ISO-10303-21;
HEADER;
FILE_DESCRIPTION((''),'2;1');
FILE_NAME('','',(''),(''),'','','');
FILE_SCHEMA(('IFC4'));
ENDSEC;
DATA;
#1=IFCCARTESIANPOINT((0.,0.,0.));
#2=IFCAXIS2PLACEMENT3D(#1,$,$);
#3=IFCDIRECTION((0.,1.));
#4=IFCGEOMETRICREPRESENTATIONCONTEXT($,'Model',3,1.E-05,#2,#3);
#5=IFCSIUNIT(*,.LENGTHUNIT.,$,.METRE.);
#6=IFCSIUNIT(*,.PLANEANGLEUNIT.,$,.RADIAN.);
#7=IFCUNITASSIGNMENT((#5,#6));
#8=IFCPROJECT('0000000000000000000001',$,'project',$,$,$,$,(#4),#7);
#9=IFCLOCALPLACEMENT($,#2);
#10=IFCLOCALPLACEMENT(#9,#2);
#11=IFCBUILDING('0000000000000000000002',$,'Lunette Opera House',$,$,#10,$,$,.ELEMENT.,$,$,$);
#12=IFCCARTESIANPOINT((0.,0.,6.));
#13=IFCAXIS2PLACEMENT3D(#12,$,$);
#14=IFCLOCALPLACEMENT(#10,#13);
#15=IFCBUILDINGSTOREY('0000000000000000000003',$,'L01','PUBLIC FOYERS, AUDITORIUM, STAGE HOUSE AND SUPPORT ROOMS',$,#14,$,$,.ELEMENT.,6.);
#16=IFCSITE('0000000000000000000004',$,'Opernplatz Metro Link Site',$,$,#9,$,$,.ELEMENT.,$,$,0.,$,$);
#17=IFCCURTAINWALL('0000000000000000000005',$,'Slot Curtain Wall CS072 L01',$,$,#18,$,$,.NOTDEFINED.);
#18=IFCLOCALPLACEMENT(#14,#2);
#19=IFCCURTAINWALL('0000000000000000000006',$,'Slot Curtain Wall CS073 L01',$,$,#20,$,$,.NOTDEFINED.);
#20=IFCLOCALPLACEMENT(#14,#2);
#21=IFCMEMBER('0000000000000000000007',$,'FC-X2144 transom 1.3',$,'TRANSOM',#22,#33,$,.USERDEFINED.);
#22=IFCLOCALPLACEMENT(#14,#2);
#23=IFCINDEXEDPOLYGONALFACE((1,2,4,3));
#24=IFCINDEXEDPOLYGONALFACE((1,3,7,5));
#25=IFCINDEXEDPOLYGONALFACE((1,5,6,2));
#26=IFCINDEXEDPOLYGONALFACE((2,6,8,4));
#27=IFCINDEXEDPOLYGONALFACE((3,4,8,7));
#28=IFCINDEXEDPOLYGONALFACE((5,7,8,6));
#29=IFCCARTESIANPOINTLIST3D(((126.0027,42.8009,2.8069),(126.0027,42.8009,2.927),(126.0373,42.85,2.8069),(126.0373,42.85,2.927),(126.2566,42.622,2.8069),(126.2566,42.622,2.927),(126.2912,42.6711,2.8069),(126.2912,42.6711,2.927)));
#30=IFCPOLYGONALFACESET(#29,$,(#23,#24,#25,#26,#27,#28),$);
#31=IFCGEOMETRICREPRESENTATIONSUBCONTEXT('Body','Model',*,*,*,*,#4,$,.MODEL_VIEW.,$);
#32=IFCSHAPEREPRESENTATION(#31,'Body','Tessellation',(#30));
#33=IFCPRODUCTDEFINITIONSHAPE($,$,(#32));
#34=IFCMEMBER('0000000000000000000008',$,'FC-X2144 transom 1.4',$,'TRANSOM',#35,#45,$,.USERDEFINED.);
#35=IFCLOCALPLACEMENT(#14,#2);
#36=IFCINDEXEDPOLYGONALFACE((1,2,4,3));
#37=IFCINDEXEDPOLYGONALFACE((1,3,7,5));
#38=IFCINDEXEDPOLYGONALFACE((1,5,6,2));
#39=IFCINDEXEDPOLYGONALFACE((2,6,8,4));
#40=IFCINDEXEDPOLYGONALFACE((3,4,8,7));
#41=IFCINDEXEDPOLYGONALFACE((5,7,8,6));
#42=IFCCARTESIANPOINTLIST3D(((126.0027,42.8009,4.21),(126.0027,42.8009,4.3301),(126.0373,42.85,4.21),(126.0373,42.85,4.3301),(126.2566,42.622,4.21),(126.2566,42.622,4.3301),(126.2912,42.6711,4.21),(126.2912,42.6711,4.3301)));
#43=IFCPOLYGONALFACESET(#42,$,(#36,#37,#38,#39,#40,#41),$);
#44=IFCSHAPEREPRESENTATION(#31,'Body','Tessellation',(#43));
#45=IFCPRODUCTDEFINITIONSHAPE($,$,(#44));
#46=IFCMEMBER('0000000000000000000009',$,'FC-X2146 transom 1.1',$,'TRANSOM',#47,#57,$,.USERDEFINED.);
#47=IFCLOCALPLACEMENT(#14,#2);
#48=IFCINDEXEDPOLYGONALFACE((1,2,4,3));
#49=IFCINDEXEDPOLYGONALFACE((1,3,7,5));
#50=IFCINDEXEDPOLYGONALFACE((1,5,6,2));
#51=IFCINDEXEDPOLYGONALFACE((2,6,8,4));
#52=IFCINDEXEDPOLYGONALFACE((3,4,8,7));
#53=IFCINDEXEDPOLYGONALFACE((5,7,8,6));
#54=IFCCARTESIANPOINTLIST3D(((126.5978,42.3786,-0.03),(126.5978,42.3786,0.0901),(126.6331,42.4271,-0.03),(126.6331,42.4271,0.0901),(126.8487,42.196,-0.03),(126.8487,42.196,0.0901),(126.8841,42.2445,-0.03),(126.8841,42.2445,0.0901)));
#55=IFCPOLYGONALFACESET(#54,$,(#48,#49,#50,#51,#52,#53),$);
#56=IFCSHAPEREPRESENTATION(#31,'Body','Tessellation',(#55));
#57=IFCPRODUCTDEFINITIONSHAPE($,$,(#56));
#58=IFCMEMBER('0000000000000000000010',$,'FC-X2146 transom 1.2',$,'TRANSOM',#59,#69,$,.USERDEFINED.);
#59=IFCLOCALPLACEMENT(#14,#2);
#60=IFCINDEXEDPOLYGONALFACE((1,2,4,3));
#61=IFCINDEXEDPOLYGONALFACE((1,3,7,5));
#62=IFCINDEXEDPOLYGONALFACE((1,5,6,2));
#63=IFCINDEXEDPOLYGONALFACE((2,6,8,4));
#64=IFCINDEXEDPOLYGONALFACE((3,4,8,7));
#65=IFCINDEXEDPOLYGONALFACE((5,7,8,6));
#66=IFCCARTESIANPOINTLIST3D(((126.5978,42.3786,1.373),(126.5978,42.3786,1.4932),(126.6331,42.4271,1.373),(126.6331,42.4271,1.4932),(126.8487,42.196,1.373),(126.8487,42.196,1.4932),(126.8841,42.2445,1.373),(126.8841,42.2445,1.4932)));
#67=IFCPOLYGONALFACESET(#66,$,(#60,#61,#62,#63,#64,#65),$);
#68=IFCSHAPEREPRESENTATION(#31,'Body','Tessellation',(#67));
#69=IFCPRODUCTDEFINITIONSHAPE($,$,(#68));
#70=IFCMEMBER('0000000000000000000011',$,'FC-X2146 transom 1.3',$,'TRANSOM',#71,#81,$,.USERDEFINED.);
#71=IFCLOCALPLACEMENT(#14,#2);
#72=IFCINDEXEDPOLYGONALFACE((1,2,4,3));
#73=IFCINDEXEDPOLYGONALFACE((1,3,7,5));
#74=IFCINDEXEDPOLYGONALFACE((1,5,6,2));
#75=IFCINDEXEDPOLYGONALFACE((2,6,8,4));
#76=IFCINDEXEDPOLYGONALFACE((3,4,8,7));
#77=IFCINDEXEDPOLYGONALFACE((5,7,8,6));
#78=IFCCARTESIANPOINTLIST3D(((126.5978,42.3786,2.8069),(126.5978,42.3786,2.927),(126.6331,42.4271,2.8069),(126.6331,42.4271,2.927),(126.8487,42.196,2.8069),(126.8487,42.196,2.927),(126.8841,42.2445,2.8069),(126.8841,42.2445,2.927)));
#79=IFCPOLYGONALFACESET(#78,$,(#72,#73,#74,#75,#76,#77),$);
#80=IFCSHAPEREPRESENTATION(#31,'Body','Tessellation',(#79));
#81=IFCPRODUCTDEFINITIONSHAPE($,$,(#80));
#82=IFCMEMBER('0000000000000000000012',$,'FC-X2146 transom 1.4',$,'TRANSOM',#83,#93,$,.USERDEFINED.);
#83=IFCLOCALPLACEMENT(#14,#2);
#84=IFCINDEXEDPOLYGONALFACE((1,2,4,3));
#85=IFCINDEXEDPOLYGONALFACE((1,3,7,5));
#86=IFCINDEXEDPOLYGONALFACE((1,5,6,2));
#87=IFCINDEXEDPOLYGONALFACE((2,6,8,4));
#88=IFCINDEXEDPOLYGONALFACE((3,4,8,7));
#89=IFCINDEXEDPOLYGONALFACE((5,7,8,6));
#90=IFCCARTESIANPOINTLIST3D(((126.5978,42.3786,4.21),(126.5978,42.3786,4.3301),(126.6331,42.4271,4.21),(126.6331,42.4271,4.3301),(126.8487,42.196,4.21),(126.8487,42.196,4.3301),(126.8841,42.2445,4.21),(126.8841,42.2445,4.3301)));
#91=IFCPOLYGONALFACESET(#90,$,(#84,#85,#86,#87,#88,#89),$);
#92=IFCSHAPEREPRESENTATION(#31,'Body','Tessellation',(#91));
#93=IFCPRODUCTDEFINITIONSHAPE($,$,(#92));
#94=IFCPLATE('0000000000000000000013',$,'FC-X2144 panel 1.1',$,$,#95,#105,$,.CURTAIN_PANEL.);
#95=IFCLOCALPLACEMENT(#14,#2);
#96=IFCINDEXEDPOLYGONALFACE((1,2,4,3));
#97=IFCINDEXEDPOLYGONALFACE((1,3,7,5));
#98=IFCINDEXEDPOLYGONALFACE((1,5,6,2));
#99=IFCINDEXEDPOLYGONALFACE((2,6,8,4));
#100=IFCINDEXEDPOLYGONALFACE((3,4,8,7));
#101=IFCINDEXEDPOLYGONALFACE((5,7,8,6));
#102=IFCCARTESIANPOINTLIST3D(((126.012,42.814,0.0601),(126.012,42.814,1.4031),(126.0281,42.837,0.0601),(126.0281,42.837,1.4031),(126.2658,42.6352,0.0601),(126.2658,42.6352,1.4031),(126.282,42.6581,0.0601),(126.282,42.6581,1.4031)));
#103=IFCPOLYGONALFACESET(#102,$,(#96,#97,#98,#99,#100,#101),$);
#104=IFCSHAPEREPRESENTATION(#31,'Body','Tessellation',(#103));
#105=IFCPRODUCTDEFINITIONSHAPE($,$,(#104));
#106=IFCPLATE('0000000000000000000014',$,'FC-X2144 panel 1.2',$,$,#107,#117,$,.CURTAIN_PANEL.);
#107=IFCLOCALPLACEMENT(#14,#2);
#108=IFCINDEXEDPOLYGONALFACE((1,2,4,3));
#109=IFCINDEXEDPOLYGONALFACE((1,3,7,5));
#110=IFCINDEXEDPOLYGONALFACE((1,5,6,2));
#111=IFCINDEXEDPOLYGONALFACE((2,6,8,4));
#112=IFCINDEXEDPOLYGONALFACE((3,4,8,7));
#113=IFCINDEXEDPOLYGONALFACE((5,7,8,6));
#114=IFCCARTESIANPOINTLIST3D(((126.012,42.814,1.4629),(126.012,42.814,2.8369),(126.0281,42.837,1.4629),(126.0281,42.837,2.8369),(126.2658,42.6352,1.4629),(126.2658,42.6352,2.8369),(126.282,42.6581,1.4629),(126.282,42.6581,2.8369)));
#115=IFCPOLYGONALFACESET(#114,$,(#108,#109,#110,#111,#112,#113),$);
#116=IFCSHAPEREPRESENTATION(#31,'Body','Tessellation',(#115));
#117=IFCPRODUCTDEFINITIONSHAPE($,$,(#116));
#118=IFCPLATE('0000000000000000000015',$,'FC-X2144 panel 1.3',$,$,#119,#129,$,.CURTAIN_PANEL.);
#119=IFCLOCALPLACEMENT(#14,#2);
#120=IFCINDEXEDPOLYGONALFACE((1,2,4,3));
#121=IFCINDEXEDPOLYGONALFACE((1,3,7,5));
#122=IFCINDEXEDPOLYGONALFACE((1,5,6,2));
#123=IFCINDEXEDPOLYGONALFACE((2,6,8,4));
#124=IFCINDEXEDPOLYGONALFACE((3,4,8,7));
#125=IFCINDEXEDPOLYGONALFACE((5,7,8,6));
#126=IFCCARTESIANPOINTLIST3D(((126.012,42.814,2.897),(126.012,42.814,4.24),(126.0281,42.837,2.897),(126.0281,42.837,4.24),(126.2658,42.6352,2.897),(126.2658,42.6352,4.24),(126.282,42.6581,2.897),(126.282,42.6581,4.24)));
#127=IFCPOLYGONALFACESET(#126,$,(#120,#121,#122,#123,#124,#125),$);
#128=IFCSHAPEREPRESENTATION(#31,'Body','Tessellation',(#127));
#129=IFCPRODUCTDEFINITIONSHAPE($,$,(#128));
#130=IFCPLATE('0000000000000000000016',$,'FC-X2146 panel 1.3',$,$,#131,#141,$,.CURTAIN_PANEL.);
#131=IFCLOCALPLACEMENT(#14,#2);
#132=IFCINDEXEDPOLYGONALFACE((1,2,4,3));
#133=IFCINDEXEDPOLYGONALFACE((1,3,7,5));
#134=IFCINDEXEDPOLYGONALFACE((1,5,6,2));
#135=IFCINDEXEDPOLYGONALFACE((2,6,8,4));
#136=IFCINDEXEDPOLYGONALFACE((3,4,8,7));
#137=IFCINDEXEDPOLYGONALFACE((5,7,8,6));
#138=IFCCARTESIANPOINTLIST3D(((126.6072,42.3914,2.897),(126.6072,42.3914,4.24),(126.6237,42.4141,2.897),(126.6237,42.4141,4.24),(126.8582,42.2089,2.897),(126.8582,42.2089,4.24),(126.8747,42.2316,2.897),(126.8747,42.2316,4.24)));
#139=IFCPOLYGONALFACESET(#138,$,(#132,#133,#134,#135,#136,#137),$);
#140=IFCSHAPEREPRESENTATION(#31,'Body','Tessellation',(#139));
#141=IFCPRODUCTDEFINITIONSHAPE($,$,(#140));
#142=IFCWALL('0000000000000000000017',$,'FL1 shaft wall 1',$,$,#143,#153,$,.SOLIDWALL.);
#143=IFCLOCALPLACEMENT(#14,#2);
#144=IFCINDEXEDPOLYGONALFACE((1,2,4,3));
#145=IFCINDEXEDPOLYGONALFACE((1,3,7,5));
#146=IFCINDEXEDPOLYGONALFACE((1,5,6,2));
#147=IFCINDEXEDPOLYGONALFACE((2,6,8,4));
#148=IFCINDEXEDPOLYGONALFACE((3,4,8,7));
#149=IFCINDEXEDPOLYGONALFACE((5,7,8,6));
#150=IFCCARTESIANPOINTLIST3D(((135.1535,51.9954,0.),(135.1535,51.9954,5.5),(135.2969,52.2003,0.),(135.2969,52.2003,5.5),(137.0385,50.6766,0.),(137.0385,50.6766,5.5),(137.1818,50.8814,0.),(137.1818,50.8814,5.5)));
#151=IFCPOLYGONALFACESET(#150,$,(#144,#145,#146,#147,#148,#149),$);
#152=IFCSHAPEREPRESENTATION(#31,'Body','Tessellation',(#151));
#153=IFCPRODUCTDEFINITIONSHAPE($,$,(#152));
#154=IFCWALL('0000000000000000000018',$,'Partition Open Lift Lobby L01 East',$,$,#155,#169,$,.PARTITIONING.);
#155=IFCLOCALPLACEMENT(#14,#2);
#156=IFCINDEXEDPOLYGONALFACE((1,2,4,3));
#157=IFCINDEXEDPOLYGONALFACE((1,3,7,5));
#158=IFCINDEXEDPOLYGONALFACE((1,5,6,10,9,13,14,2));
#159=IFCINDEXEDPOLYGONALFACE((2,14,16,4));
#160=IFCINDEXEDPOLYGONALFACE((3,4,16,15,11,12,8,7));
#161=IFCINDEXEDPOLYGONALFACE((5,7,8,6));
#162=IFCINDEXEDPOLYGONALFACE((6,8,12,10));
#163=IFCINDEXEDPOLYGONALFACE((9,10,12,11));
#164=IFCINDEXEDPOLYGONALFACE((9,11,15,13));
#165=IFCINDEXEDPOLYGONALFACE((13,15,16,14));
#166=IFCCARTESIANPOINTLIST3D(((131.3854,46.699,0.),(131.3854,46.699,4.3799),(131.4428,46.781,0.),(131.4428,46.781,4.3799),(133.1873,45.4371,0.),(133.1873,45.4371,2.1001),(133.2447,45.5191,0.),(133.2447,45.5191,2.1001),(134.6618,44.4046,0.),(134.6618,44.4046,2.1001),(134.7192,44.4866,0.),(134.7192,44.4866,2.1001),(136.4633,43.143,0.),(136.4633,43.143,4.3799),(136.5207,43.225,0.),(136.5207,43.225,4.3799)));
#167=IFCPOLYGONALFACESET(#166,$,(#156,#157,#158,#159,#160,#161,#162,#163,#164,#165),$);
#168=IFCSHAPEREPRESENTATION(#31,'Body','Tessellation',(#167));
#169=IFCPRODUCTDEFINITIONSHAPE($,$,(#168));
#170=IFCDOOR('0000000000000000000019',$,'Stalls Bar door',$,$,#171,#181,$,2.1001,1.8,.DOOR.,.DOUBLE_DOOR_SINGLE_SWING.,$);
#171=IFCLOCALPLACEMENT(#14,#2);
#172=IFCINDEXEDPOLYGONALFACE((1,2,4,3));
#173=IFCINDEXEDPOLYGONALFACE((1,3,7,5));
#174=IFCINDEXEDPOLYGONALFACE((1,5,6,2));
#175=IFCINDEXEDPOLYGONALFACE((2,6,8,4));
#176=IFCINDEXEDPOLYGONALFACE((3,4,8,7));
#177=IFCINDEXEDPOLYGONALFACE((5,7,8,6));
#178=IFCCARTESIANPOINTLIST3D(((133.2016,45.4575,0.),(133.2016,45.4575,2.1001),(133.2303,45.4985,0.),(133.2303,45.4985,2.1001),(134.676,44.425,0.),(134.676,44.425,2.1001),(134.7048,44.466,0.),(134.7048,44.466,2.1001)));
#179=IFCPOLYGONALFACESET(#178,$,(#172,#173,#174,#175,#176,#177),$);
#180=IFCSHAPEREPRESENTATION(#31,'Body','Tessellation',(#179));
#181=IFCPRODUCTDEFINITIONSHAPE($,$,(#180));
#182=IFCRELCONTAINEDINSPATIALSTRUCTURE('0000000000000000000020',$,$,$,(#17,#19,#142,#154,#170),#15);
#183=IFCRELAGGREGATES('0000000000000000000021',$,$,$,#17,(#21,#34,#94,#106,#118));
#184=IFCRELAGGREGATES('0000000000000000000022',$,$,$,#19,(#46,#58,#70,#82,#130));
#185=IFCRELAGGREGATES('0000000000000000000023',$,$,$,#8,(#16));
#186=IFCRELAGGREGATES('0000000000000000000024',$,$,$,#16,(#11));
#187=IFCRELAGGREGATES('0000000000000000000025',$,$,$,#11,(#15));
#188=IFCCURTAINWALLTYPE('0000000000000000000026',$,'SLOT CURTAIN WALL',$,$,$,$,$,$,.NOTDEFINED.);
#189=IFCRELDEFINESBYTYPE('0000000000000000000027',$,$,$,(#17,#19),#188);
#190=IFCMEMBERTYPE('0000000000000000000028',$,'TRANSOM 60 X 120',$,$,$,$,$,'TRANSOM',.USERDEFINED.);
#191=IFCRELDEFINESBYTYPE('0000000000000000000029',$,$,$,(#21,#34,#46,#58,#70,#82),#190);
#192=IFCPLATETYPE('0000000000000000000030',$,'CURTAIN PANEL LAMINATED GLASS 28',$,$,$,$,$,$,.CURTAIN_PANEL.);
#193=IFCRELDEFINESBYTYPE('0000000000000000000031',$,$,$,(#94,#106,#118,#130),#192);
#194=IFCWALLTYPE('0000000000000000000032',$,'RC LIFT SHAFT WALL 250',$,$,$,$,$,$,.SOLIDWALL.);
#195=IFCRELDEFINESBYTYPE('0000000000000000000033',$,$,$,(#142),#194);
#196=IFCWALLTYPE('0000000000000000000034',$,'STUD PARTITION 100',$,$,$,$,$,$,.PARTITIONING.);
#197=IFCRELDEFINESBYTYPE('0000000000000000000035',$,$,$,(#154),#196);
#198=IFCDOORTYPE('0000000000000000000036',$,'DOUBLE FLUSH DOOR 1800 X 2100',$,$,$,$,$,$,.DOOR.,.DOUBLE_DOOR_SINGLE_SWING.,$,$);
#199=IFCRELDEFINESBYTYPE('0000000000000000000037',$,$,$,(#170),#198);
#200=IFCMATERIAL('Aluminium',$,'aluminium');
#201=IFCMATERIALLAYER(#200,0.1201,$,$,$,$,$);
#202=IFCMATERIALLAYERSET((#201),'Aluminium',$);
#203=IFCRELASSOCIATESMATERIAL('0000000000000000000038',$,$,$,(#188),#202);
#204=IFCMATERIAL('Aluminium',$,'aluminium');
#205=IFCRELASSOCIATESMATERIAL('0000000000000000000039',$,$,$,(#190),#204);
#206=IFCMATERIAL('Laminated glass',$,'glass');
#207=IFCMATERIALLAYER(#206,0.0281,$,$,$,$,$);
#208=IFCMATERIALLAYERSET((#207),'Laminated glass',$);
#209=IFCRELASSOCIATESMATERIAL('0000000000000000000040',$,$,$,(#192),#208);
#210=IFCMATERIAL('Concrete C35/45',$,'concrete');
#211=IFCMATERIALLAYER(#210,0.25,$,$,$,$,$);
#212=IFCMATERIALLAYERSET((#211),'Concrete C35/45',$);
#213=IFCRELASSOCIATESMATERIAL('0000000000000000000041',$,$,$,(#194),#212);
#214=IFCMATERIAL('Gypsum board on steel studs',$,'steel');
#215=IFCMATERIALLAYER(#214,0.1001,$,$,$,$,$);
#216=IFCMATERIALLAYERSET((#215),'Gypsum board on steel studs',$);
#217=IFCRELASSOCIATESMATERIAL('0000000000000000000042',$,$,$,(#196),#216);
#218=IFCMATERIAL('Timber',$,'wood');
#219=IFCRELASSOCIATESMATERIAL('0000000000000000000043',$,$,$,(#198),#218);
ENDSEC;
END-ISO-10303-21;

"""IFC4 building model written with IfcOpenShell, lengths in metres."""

from ifc_helpers import new_model, si_unit, direction, frame, frame_2d, origin, origin_2d, place, context, subcontext, project, spatial, rectangle, extrude, material, layer, layer_set, material_profile, profile_set, type_object, element, fill, aggregate, save


model = new_model("IFC4")

# Units and contexts
model_context = context("Model", 3, precision=1e-05, world=origin(), true_north=direction((0.0, 1.0)))
body_context = subcontext(model_context, "Body", "Model", "MODEL_VIEW")
ifc_project = project(units=[si_unit("LENGTHUNIT", "METRE"), si_unit("PLANEANGLEUNIT", "RADIAN")], contexts=[model_context])

# Site, building, storey
site_placement = place(None, origin())
site = spatial("IfcSite", under=ifc_project, at=site_placement, Name="Opernplatz Metro Link Site", CompositionType="ELEMENT", RefElevation=0.0)
building_placement = place(site_placement, origin())
building = spatial("IfcBuilding", under=site, at=building_placement, Name="Lunette Opera House", CompositionType="ELEMENT")
storey_placement = place(building_placement, frame((0.0, 0.0, 6.0)))
storey = spatial("IfcBuildingStorey", under=building, at=storey_placement, Name="L01", Description="PUBLIC FOYERS, AUDITORIUM, STAGE HOUSE AND SUPPORT ROOMS", CompositionType="ELEMENT", Elevation=6.0)

# Curtain walls
ifc_material_1 = material(Name="Aluminium", Category="aluminium")
ifc_layer_1 = layer(ifc_material_1, 0.1201)
ifc_layer_set_1 = layer_set([ifc_layer_1], Name="Aluminium")
curtain_wall_type = type_object("IfcCurtainWallType", Name="SLOT CURTAIN WALL", PredefinedType="NOTDEFINED", material=ifc_layer_set_1)
curtain_wall_1_placement = place(storey_placement, origin())
curtain_wall_1 = element("IfcCurtainWall", 1, at=curtain_wall_1_placement, inside=storey, type_object=curtain_wall_type, Name="Slot Curtain Wall CS072 L01", PredefinedType="NOTDEFINED")
curtain_wall_2_placement = place(storey_placement, origin())
curtain_wall_2 = element("IfcCurtainWall", 2, at=curtain_wall_2_placement, inside=storey, type_object=curtain_wall_type, Name="Slot Curtain Wall CS073 L01", PredefinedType="NOTDEFINED")

# Members
ifc_material_2 = material(Name="Aluminium", Category="aluminium")
ifc_material_profile_1 = material_profile(ifc_material_2, rectangle(XDim=0.0601, YDim=0.1201, at=origin_2d()), Name="TRANSOM 60 X 120")
ifc_profile_set_1 = profile_set([ifc_material_profile_1], Name="Aluminium")
member_type_1 = type_object("IfcMemberType", Name="TRANSOM 60 X 120", ElementType="TRANSOM", PredefinedType="USERDEFINED", material=ifc_profile_set_1)
member_1_placement = place(storey_placement, frame((126.02, 42.8254, 2.8669), z_axis=(0.817381, -0.576097, 0.0), x_axis=(0.576097, 0.817381, 0.0)))
member_1 = element("IfcMember", 3, at=member_1_placement, type_object=member_type_1, Name="FC-X2144 transom 1.3", ObjectType="TRANSOM", PredefinedType="USERDEFINED", context=body_context, shape_type="SweptSolid", body=[
    extrude(rectangle(XDim=0.0601, YDim=0.1201, at=origin_2d()), origin(), (0.0, 0.0, 1.0), 0.3105),
])
member_2_placement = place(storey_placement, frame((126.02, 42.8254, 4.27), z_axis=(0.817381, -0.576097, 0.0), x_axis=(0.576097, 0.817381, 0.0)))
member_2 = element("IfcMember", 4, at=member_2_placement, type_object=member_type_1, Name="FC-X2144 transom 1.4", ObjectType="TRANSOM", PredefinedType="USERDEFINED", context=body_context, shape_type="SweptSolid", body=[
    extrude(rectangle(XDim=0.0601, YDim=0.1201, at=origin_2d()), origin(), (0.0, 0.0, 1.0), 0.3105),
])
member_3_placement = place(storey_placement, frame((126.6155, 42.4028, 0.03), z_axis=(0.8086, -0.588359, 0.0), x_axis=(0.588359, 0.8086, 0.0)))
member_3 = element("IfcMember", 5, at=member_3_placement, type_object=member_type_1, Name="FC-X2146 transom 1.1", ObjectType="TRANSOM", PredefinedType="USERDEFINED", context=body_context, shape_type="SweptSolid", body=[
    extrude(rectangle(XDim=0.0601, YDim=0.1201, at=origin_2d()), origin(), (0.0, 0.0, 1.0), 0.3103),
])
member_4_placement = place(storey_placement, frame((126.6155, 42.4028, 1.4331), z_axis=(0.8086, -0.588359, 0.0), x_axis=(0.588359, 0.8086, 0.0)))
member_4 = element("IfcMember", 6, at=member_4_placement, type_object=member_type_1, Name="FC-X2146 transom 1.2", ObjectType="TRANSOM", PredefinedType="USERDEFINED", context=body_context, shape_type="SweptSolid", body=[
    extrude(rectangle(XDim=0.0601, YDim=0.1201, at=origin_2d()), origin(), (0.0, 0.0, 1.0), 0.3103),
])
member_5_placement = place(storey_placement, frame((126.6155, 42.4028, 2.8669), z_axis=(0.8086, -0.588359, 0.0), x_axis=(0.588359, 0.8086, 0.0)))
member_5 = element("IfcMember", 7, at=member_5_placement, type_object=member_type_1, Name="FC-X2146 transom 1.3", ObjectType="TRANSOM", PredefinedType="USERDEFINED", context=body_context, shape_type="SweptSolid", body=[
    extrude(rectangle(XDim=0.0601, YDim=0.1201, at=origin_2d()), origin(), (0.0, 0.0, 1.0), 0.3103),
])
member_6_placement = place(storey_placement, frame((126.6155, 42.4028, 4.27), z_axis=(0.8086, -0.588359, 0.0), x_axis=(0.588359, 0.8086, 0.0)))
member_6 = element("IfcMember", 8, at=member_6_placement, type_object=member_type_1, Name="FC-X2146 transom 1.4", ObjectType="TRANSOM", PredefinedType="USERDEFINED", context=body_context, shape_type="SweptSolid", body=[
    extrude(rectangle(XDim=0.0601, YDim=0.1201, at=origin_2d()), origin(), (0.0, 0.0, 1.0), 0.3103),
])

# Plates
ifc_material_3 = material(Name="Laminated glass", Category="glass")
ifc_layer_2 = layer(ifc_material_3, 0.0281)
ifc_layer_set_2 = layer_set([ifc_layer_2], Name="Laminated glass")
plate_type = type_object("IfcPlateType", Name="CURTAIN PANEL LAMINATED GLASS 28", PredefinedType="CURTAIN_PANEL", material=ifc_layer_set_2)
plate_1_placement = place(storey_placement, frame((126.147, 42.7361, 0.0601), z_axis=(0.0, 0.0, 1.0), x_axis=(0.817482, -0.575954, 0.0)))
plate_1 = element("IfcPlate", 9, at=plate_1_placement, type_object=plate_type, Name="FC-X2144 panel 1.1", PredefinedType="CURTAIN_PANEL", context=body_context, shape_type="SweptSolid", body=[
    extrude(rectangle(XDim=0.3105, YDim=0.0281, at=origin_2d()), origin(), (0.0, 0.0, 1.0), 1.343),
])
plate_2_placement = place(storey_placement, frame((126.147, 42.7361, 1.4629), z_axis=(0.0, 0.0, 1.0), x_axis=(0.817482, -0.575954, 0.0)))
plate_2 = element("IfcPlate", 10, at=plate_2_placement, type_object=plate_type, Name="FC-X2144 panel 1.2", PredefinedType="CURTAIN_PANEL", context=body_context, shape_type="SweptSolid", body=[
    extrude(rectangle(XDim=0.3105, YDim=0.0281, at=origin_2d()), origin(), (0.0, 0.0, 1.0), 1.374),
])
plate_3_placement = place(storey_placement, frame((126.147, 42.7361, 2.897), z_axis=(0.0, 0.0, 1.0), x_axis=(0.817482, -0.575954, 0.0)))
plate_3 = element("IfcPlate", 11, at=plate_3_placement, type_object=plate_type, Name="FC-X2144 panel 1.3", PredefinedType="CURTAIN_PANEL", context=body_context, shape_type="SweptSolid", body=[
    extrude(rectangle(XDim=0.3105, YDim=0.0281, at=origin_2d()), origin(), (0.0, 0.0, 1.0), 1.343),
])
aggregate(curtain_wall_1, [member_1, member_2, plate_1, plate_2, plate_3])
plate_4_placement = place(storey_placement, frame((126.741, 42.3115, 2.897), z_axis=(0.0, 0.0, 1.0), x_axis=(0.808837, -0.588033, 0.0)))
plate_4 = element("IfcPlate", 12, at=plate_4_placement, type_object=plate_type, Name="FC-X2146 panel 1.3", PredefinedType="CURTAIN_PANEL", context=body_context, shape_type="SweptSolid", body=[
    extrude(rectangle(XDim=0.3103, YDim=0.0281, at=origin_2d()), origin(), (0.0, 0.0, 1.0), 1.343),
])
aggregate(curtain_wall_2, [member_3, member_4, member_5, member_6, plate_4])

# Wall
ifc_material_4 = material(Name="Concrete C35/45", Category="concrete")
ifc_layer_3 = layer(ifc_material_4, 0.25)
ifc_layer_set_3 = layer_set([ifc_layer_3], Name="Concrete C35/45")
wall_type_1 = type_object("IfcWallType", Name="RC LIFT SHAFT WALL 250", PredefinedType="SOLIDWALL", material=ifc_layer_set_3)
wall_1_placement = place(storey_placement, frame((135.2251, 52.0979, 0.0), z_axis=(0.0, 0.0, 1.0), x_axis=(0.819367, -0.57327, 0.0)))
element("IfcWall", 13, at=wall_1_placement, inside=storey, type_object=wall_type_1, Name="FL1 shaft wall 1", PredefinedType="SOLIDWALL", context=body_context, shape_type="SweptSolid", body=[
    extrude(rectangle(XDim=2.3005, YDim=0.25, at=frame_2d((1.1504, 0.0))), origin(), (0.0, 0.0, 1.0), 5.5),
])

# Wall, opening, door
ifc_material_5 = material(Name="Gypsum board on steel studs", Category="steel")
ifc_layer_4 = layer(ifc_material_5, 0.1001)
ifc_layer_set_4 = layer_set([ifc_layer_4], Name="Gypsum board on steel studs")
wall_type_2 = type_object("IfcWallType", Name="STUD PARTITION 100", PredefinedType="PARTITIONING", material=ifc_layer_set_4)
wall_2_placement = place(storey_placement, frame((131.4141, 46.74, 0.0), z_axis=(0.0, 0.0, 1.0), x_axis=(0.819126, -0.573613, 0.0)))
wall_2 = element("IfcWall", 14, at=wall_2_placement, inside=storey, type_object=wall_type_2, Name="Partition Open Lift Lobby L01 East", PredefinedType="PARTITIONING", context=body_context, shape_type="SweptSolid", body=[
    extrude(rectangle(XDim=6.1992, YDim=0.1001, at=frame_2d((3.0996, 0.0))), origin(), (0.0, 0.0, 1.0), 4.3799),
])
opening_placement = place(wall_2_placement, frame((2.2, 0.0, 0.0)))
opening = element("IfcOpeningElement", 15, at=opening_placement, cuts=wall_2, PredefinedType="OPENING", context=body_context, shape_type="SweptSolid", body=[
    extrude(rectangle(XDim=1.8, YDim=2.1001, at=frame_2d((0.8999, 1.05))), frame((0.0, 0.062, 0.0), z_axis=(0.0, -1.0, 0.0), x_axis=(1.0, 0.0, 0.0)), (0.0, 0.0, 1.0), 0.124),
])
ifc_material_6 = material(Name="Timber", Category="wood")
door_type = type_object("IfcDoorType", Name="DOUBLE FLUSH DOOR 1800 X 2100", OperationType="DOUBLE_DOOR_SINGLE_SWING", PredefinedType="DOOR", material=ifc_material_6)
door_placement = place(opening_placement, origin())
door = element("IfcDoor", 16, at=door_placement, inside=storey, type_object=door_type, Name="Stalls Bar door", OperationType="DOUBLE_DOOR_SINGLE_SWING", OverallHeight=2.1001, OverallWidth=1.8, PredefinedType="DOOR", context=body_context, shape_type="SweptSolid", body=[
    extrude(rectangle(XDim=1.8, YDim=2.1001, at=frame_2d((0.8999, 1.05))), frame((0.0, 0.0249, 0.0), z_axis=(0.0, -1.0, 0.0), x_axis=(1.0, 0.0, 0.0)), (0.0, 0.0, 1.0), 0.05),
])
fill(opening, door)

save(model, "model.ifc")
